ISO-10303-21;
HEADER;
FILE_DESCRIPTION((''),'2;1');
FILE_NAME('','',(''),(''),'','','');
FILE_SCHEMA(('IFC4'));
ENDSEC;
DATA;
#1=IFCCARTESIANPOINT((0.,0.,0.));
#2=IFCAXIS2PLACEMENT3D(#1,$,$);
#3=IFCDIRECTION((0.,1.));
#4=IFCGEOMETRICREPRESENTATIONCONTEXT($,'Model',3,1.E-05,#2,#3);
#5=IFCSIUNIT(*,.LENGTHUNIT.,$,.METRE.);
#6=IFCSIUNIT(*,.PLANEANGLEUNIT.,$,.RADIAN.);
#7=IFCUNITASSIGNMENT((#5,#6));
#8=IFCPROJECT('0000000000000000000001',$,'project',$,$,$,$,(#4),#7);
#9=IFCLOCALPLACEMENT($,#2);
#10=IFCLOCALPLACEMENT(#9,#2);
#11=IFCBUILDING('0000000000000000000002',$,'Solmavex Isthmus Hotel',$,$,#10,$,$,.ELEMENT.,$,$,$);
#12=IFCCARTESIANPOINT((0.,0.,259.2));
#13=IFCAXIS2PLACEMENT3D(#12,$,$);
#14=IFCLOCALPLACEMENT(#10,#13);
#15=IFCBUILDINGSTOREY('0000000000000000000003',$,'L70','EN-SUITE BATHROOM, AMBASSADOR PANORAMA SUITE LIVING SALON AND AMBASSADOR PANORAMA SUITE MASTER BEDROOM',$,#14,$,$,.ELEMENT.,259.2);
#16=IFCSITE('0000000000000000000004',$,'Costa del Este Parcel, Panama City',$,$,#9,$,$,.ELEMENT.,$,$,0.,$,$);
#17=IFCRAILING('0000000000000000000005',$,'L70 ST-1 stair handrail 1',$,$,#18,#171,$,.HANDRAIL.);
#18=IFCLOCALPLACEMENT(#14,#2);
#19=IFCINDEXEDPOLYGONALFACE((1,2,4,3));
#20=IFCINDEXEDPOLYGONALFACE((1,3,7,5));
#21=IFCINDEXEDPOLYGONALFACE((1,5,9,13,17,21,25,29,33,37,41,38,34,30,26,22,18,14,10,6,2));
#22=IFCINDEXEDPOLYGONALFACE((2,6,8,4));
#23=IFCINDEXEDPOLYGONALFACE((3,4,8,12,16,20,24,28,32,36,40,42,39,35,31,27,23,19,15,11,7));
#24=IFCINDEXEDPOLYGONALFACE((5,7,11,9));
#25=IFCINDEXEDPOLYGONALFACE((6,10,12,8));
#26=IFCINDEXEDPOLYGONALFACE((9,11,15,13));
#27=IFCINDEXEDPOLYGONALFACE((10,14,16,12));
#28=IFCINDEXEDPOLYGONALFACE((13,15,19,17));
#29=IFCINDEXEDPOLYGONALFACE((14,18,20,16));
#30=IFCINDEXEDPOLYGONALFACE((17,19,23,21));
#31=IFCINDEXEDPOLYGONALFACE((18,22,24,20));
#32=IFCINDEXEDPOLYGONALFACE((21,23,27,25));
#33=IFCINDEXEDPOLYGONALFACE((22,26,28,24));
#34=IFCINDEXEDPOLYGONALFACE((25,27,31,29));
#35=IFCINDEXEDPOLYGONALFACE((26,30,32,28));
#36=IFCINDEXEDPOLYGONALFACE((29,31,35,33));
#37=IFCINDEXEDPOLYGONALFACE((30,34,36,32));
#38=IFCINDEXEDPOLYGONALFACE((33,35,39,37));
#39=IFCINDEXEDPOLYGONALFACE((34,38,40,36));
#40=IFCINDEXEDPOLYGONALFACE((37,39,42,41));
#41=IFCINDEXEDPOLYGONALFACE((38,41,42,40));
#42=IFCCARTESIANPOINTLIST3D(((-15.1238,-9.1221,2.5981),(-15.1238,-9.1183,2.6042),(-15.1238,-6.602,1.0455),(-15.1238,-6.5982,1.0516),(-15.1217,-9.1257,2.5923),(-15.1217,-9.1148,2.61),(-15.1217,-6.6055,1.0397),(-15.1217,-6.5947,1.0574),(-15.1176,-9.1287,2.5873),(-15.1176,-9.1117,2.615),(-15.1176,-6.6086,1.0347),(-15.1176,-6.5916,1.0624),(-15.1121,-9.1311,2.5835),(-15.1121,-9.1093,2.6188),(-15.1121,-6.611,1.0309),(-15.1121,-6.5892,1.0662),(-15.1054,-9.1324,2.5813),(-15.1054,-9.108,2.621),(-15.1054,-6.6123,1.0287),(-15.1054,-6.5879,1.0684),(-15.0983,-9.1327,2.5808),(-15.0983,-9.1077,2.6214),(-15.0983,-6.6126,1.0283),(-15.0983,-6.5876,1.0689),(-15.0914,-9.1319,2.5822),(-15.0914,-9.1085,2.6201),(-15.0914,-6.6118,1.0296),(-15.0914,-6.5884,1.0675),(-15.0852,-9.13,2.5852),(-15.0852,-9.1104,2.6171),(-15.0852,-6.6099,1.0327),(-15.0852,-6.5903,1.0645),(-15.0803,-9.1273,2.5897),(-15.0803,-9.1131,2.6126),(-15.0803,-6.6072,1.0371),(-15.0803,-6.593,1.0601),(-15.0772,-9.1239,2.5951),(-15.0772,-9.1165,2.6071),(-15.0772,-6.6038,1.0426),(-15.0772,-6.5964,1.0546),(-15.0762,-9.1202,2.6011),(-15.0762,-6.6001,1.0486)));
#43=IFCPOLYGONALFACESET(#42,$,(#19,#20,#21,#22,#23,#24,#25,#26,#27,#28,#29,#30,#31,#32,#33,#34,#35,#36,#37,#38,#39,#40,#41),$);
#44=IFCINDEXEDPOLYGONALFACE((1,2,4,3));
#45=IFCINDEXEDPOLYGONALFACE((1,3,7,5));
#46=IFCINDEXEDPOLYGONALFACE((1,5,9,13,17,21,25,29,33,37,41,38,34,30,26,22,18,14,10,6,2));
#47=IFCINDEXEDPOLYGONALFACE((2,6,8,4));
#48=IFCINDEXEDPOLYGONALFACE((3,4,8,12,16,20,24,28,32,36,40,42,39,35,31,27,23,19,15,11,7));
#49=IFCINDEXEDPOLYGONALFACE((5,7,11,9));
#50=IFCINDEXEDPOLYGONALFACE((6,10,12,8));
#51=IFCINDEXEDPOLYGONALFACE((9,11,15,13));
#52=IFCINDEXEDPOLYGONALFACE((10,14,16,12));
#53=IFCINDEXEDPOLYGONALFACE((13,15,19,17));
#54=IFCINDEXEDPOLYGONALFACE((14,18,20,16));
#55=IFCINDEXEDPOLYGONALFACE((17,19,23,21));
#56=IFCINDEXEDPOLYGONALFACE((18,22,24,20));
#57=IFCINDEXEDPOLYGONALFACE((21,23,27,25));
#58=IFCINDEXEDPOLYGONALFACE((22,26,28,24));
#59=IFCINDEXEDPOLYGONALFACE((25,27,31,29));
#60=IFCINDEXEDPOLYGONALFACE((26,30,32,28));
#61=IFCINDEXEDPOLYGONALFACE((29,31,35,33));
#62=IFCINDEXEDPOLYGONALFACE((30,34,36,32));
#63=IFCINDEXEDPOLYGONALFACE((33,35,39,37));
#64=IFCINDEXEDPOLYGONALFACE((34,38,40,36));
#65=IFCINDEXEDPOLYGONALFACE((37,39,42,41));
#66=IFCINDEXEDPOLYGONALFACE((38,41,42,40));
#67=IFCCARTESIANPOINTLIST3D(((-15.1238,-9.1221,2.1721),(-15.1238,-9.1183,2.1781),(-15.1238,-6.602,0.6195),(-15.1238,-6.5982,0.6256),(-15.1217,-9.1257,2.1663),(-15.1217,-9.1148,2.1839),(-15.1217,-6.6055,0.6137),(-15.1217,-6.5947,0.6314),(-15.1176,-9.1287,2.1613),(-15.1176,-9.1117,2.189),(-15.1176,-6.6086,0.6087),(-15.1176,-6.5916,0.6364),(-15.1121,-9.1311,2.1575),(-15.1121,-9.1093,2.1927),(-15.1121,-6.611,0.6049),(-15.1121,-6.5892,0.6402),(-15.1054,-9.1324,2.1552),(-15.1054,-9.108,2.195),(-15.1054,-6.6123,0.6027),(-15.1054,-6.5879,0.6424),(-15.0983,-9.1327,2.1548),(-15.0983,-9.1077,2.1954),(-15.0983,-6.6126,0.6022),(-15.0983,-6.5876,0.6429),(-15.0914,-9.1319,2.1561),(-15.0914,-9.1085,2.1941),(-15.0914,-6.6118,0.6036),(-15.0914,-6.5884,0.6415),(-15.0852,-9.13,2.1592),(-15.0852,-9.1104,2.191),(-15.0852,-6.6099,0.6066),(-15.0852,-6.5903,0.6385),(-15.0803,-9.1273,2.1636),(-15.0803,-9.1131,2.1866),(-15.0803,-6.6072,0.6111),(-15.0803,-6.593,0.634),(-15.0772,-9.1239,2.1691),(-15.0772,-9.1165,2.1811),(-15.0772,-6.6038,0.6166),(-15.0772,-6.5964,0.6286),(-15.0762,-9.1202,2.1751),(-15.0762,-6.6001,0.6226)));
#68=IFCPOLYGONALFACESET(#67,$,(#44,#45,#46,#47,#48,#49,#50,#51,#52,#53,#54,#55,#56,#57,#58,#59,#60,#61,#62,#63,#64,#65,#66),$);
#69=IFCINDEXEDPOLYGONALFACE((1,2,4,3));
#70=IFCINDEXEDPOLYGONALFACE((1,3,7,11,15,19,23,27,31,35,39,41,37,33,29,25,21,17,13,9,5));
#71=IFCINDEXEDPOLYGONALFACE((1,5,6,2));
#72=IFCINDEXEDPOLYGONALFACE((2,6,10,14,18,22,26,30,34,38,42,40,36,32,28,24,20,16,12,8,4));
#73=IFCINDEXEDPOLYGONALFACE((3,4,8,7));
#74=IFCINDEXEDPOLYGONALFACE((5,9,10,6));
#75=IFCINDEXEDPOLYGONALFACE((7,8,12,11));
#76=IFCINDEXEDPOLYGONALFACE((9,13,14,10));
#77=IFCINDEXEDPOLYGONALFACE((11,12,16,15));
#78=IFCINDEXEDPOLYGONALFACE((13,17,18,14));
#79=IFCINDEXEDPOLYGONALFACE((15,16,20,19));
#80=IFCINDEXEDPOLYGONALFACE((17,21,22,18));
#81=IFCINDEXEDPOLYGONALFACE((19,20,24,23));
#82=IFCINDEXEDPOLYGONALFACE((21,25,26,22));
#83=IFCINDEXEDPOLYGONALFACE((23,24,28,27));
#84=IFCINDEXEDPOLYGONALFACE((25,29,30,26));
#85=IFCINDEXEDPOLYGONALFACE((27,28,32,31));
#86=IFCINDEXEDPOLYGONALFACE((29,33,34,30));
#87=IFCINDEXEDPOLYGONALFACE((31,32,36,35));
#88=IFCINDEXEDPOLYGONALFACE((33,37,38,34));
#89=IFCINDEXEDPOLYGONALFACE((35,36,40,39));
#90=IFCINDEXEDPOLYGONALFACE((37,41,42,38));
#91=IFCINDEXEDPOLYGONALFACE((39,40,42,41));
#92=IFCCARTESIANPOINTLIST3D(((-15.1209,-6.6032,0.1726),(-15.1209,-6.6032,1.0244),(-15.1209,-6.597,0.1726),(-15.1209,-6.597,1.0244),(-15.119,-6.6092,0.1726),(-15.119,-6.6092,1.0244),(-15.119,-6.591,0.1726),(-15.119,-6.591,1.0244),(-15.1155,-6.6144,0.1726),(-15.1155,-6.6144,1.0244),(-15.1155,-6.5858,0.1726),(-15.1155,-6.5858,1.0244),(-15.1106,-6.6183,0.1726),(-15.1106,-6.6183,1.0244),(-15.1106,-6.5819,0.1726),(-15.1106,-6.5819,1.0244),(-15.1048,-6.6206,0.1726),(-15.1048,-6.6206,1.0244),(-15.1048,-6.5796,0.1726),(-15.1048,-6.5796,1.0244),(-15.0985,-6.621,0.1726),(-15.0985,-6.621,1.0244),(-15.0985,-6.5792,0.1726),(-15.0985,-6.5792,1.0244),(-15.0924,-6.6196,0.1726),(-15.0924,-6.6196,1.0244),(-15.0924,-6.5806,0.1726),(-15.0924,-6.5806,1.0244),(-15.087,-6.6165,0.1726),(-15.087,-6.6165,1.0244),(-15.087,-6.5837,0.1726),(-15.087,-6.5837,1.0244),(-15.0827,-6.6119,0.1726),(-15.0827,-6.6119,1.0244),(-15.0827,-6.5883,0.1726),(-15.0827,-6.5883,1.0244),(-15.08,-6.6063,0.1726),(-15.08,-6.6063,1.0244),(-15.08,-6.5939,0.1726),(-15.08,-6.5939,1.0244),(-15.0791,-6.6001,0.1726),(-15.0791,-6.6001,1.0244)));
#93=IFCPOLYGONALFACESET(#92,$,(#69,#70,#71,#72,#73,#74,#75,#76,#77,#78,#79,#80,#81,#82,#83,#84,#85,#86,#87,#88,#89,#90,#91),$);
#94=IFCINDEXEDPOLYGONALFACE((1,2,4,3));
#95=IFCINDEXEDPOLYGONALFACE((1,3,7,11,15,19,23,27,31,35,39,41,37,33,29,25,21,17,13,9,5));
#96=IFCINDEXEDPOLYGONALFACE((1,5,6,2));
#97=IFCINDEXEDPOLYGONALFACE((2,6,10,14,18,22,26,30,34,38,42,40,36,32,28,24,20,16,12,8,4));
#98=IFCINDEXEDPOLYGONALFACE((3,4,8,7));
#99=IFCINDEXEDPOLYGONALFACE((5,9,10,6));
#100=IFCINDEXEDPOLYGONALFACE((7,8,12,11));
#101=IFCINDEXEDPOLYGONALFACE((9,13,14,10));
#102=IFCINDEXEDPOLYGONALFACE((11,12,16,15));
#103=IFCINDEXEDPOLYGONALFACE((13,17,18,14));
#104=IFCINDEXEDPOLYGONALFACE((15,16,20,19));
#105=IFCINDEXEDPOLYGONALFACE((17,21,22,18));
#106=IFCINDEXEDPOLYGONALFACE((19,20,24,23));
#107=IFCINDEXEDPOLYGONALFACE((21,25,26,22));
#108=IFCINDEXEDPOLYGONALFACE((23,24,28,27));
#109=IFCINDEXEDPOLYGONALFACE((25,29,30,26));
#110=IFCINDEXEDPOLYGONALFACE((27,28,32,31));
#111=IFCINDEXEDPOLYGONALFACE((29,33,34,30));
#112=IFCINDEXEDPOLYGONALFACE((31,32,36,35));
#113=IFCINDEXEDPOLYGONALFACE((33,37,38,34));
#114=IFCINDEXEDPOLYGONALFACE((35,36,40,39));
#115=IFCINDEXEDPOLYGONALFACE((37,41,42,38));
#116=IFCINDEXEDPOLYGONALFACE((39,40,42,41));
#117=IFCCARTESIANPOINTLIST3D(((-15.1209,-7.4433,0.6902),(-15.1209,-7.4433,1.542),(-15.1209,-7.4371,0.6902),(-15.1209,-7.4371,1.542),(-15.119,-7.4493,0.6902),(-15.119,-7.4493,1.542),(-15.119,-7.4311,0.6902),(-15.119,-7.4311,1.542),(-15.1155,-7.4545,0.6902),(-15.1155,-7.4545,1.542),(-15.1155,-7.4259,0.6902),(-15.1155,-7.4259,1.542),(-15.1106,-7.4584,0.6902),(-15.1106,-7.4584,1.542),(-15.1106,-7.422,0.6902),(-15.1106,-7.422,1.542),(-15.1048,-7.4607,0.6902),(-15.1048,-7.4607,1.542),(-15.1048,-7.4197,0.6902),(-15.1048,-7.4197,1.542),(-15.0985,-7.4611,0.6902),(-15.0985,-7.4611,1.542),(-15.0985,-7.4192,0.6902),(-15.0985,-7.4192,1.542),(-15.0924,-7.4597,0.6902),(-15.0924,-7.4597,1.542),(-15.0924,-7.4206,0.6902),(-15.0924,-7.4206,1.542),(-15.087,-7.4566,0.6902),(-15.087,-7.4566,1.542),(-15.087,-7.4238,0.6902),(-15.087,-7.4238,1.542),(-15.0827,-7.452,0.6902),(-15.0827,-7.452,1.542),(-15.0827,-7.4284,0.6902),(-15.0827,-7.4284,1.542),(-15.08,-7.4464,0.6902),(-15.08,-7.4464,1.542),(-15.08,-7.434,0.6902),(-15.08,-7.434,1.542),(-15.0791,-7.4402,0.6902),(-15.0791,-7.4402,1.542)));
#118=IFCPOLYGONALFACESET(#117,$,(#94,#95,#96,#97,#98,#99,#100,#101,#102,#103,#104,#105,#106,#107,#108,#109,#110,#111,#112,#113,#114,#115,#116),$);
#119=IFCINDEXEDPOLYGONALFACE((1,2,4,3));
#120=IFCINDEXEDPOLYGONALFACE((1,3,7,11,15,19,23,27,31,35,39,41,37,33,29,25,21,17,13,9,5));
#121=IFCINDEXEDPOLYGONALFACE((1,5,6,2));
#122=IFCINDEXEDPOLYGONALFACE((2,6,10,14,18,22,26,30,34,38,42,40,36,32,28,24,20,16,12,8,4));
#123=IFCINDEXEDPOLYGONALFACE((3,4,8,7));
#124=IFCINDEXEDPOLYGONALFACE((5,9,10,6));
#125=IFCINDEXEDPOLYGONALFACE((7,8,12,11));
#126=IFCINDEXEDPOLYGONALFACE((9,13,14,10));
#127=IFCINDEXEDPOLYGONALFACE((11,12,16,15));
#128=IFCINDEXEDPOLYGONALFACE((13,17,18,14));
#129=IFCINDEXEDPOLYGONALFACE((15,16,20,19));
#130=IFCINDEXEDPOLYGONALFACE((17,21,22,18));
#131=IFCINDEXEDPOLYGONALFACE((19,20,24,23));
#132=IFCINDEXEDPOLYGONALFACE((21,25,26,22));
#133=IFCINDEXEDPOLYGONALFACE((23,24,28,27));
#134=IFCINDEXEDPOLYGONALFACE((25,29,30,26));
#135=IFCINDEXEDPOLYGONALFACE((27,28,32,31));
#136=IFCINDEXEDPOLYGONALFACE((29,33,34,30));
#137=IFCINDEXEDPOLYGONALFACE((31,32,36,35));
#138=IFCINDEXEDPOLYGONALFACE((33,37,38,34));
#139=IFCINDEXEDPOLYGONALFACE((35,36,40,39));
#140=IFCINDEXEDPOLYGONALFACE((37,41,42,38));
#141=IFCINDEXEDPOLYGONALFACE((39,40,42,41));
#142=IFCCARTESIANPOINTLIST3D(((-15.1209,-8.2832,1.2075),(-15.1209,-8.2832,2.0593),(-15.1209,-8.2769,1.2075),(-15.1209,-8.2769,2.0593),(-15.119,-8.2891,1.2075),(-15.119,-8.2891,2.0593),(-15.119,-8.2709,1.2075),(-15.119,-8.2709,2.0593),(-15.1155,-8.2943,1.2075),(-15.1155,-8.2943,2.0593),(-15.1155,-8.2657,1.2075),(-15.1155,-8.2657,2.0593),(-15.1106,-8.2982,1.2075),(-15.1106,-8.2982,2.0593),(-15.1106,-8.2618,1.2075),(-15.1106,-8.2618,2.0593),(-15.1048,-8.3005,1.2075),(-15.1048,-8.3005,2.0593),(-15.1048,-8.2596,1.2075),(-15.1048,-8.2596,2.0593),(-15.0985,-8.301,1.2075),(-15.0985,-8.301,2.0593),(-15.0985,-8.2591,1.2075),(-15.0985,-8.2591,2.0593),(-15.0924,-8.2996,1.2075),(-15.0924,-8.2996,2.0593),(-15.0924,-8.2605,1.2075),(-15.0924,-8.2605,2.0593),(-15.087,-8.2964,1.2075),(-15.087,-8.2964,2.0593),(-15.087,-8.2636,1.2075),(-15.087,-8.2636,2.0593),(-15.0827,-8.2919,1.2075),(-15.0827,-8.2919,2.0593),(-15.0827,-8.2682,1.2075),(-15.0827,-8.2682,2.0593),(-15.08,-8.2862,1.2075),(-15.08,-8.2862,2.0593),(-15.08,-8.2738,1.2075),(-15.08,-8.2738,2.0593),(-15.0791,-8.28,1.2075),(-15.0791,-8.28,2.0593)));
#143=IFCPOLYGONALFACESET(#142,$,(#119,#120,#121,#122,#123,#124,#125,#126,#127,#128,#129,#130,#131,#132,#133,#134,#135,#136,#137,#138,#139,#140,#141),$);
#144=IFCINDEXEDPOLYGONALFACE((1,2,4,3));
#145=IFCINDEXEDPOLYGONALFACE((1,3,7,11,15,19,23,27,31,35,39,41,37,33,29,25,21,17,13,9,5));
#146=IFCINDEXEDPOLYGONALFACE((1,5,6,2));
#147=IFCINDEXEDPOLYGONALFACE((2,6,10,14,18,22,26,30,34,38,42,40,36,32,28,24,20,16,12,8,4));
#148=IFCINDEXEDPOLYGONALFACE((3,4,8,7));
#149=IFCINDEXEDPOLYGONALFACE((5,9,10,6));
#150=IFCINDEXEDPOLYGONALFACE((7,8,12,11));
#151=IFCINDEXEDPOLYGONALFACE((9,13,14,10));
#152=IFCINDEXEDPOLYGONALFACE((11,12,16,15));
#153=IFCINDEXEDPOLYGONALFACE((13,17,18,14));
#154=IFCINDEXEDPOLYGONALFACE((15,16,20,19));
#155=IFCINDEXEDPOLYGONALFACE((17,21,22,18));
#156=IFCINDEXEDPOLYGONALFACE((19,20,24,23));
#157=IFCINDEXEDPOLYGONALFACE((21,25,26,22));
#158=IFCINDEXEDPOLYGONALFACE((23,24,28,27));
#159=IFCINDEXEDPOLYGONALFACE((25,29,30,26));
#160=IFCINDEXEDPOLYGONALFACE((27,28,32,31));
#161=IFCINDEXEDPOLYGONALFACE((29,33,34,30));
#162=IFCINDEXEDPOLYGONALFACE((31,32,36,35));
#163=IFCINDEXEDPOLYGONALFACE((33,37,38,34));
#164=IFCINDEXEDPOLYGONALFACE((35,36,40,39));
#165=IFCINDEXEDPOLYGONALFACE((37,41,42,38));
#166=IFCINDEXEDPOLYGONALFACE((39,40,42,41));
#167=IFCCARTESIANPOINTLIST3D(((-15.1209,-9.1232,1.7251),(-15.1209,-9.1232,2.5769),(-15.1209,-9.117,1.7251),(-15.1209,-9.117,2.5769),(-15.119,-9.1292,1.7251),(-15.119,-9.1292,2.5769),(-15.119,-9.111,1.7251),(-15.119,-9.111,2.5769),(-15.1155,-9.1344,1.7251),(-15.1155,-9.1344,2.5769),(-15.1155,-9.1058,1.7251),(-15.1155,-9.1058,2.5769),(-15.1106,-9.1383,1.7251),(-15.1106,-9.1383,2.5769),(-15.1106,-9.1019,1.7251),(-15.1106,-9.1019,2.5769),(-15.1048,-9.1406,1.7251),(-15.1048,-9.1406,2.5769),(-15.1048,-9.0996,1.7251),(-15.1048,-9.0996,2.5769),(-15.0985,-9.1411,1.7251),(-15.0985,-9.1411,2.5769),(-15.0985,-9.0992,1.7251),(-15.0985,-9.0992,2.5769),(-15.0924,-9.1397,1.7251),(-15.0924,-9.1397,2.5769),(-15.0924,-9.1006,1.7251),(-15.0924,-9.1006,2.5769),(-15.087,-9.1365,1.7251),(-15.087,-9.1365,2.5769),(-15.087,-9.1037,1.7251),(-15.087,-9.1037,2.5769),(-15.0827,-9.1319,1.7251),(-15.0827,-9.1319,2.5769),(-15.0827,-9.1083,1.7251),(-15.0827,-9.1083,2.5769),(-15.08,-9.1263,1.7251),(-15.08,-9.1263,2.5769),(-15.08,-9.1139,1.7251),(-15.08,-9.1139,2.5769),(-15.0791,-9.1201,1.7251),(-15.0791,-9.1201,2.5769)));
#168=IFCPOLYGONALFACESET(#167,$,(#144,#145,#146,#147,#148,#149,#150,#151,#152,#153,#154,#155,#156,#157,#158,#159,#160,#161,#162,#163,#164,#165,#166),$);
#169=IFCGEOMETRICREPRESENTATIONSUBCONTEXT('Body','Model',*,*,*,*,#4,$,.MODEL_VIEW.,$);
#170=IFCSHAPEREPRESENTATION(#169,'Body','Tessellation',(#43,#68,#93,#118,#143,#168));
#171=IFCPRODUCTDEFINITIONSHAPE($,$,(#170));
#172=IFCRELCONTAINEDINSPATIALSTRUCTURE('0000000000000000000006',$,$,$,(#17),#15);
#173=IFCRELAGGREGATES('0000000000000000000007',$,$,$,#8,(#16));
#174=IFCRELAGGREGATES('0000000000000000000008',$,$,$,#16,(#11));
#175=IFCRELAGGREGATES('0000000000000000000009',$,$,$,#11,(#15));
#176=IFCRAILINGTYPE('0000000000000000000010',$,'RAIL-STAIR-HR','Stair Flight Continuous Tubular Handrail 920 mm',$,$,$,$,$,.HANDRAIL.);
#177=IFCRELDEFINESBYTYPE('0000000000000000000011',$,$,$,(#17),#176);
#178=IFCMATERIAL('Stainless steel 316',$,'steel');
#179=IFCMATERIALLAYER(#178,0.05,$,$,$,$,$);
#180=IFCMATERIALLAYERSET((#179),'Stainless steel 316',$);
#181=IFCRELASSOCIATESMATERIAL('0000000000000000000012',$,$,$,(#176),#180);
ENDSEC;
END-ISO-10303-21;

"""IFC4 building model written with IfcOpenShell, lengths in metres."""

from ifc_helpers import new_model, si_unit, direction, frame, origin, origin_2d, place, context, subcontext, project, spatial, circle, extrude, material, layer, layer_set, type_object, element, save


model = new_model("IFC4")

# Units and contexts
model_context = context("Model", 3, precision=1e-05, world=origin(), true_north=direction((0.0, 1.0)))
body_context = subcontext(model_context, "Body", "Model", "MODEL_VIEW")
ifc_project = project(units=[si_unit("LENGTHUNIT", "METRE"), si_unit("PLANEANGLEUNIT", "RADIAN")], contexts=[model_context])

# Site, building, storey
site_placement = place(None, origin())
site = spatial("IfcSite", under=ifc_project, at=site_placement, Name="Costa del Este Parcel, Panama City", CompositionType="ELEMENT", RefElevation=0.0)
building_placement = place(site_placement, origin())
building = spatial("IfcBuilding", under=site, at=building_placement, Name="Solmavex Isthmus Hotel", CompositionType="ELEMENT")
storey_placement = place(building_placement, frame((0.0, 0.0, 259.2)))
storey = spatial("IfcBuildingStorey", under=building, at=storey_placement, Name="L70", Description="EN-SUITE BATHROOM, AMBASSADOR PANORAMA SUITE LIVING SALON AND AMBASSADOR PANORAMA SUITE MASTER BEDROOM", CompositionType="ELEMENT", Elevation=259.2)

# Railing
ifc_material_1 = material(Name="Stainless steel 316", Category="steel")
ifc_layer_1 = layer(ifc_material_1, 0.05)
ifc_layer_set_1 = layer_set([ifc_layer_1], Name="Stainless steel 316")
railing_type_1 = type_object("IfcRailingType", Name="RAIL-STAIR-HR", Description="Stair Flight Continuous Tubular Handrail 920 mm", PredefinedType="HANDRAIL", material=ifc_layer_set_1)
railing_1_placement = place(storey_placement, frame((-15.1001, -6.6001, 0.1726)))
element("IfcRailing", 1, at=railing_1_placement, inside=storey, type_object=railing_type_1, Name="L70 ST-1 stair handrail 1", PredefinedType="HANDRAIL", context=body_context, shape_type="SweptSolid", body=[
    extrude(circle(Radius=0.0239, at=origin_2d()), frame((0.0, 0.0, 0.876), z_axis=(0.0, -0.8514, 0.524516), x_axis=(1.0, 0.0, 0.0)), (0.0, 0.0, 1.0), 2.96),
    extrude(circle(Radius=0.0239, at=origin_2d()), frame((0.0, 0.0, 0.45), z_axis=(0.0, -0.8514, 0.524516), x_axis=(1.0, 0.0, 0.0)), (0.0, 0.0, 1.0), 2.96),
    extrude(circle(Radius=0.021, at=origin_2d()), origin(), (0.0, 0.0, 1.0), 0.8518),
    extrude(circle(Radius=0.021, at=origin_2d()), frame((0.0, -0.8401, 0.5176)), (0.0, 0.0, 1.0), 0.8518),
    extrude(circle(Radius=0.021, at=origin_2d()), frame((0.0, -1.6799, 1.0349)), (0.0, 0.0, 1.0), 0.8518),
    extrude(circle(Radius=0.021, at=origin_2d()), frame((0.0, -2.52, 1.5525)), (0.0, 0.0, 1.0), 0.8518),
])

save(model, "model.ifc")
